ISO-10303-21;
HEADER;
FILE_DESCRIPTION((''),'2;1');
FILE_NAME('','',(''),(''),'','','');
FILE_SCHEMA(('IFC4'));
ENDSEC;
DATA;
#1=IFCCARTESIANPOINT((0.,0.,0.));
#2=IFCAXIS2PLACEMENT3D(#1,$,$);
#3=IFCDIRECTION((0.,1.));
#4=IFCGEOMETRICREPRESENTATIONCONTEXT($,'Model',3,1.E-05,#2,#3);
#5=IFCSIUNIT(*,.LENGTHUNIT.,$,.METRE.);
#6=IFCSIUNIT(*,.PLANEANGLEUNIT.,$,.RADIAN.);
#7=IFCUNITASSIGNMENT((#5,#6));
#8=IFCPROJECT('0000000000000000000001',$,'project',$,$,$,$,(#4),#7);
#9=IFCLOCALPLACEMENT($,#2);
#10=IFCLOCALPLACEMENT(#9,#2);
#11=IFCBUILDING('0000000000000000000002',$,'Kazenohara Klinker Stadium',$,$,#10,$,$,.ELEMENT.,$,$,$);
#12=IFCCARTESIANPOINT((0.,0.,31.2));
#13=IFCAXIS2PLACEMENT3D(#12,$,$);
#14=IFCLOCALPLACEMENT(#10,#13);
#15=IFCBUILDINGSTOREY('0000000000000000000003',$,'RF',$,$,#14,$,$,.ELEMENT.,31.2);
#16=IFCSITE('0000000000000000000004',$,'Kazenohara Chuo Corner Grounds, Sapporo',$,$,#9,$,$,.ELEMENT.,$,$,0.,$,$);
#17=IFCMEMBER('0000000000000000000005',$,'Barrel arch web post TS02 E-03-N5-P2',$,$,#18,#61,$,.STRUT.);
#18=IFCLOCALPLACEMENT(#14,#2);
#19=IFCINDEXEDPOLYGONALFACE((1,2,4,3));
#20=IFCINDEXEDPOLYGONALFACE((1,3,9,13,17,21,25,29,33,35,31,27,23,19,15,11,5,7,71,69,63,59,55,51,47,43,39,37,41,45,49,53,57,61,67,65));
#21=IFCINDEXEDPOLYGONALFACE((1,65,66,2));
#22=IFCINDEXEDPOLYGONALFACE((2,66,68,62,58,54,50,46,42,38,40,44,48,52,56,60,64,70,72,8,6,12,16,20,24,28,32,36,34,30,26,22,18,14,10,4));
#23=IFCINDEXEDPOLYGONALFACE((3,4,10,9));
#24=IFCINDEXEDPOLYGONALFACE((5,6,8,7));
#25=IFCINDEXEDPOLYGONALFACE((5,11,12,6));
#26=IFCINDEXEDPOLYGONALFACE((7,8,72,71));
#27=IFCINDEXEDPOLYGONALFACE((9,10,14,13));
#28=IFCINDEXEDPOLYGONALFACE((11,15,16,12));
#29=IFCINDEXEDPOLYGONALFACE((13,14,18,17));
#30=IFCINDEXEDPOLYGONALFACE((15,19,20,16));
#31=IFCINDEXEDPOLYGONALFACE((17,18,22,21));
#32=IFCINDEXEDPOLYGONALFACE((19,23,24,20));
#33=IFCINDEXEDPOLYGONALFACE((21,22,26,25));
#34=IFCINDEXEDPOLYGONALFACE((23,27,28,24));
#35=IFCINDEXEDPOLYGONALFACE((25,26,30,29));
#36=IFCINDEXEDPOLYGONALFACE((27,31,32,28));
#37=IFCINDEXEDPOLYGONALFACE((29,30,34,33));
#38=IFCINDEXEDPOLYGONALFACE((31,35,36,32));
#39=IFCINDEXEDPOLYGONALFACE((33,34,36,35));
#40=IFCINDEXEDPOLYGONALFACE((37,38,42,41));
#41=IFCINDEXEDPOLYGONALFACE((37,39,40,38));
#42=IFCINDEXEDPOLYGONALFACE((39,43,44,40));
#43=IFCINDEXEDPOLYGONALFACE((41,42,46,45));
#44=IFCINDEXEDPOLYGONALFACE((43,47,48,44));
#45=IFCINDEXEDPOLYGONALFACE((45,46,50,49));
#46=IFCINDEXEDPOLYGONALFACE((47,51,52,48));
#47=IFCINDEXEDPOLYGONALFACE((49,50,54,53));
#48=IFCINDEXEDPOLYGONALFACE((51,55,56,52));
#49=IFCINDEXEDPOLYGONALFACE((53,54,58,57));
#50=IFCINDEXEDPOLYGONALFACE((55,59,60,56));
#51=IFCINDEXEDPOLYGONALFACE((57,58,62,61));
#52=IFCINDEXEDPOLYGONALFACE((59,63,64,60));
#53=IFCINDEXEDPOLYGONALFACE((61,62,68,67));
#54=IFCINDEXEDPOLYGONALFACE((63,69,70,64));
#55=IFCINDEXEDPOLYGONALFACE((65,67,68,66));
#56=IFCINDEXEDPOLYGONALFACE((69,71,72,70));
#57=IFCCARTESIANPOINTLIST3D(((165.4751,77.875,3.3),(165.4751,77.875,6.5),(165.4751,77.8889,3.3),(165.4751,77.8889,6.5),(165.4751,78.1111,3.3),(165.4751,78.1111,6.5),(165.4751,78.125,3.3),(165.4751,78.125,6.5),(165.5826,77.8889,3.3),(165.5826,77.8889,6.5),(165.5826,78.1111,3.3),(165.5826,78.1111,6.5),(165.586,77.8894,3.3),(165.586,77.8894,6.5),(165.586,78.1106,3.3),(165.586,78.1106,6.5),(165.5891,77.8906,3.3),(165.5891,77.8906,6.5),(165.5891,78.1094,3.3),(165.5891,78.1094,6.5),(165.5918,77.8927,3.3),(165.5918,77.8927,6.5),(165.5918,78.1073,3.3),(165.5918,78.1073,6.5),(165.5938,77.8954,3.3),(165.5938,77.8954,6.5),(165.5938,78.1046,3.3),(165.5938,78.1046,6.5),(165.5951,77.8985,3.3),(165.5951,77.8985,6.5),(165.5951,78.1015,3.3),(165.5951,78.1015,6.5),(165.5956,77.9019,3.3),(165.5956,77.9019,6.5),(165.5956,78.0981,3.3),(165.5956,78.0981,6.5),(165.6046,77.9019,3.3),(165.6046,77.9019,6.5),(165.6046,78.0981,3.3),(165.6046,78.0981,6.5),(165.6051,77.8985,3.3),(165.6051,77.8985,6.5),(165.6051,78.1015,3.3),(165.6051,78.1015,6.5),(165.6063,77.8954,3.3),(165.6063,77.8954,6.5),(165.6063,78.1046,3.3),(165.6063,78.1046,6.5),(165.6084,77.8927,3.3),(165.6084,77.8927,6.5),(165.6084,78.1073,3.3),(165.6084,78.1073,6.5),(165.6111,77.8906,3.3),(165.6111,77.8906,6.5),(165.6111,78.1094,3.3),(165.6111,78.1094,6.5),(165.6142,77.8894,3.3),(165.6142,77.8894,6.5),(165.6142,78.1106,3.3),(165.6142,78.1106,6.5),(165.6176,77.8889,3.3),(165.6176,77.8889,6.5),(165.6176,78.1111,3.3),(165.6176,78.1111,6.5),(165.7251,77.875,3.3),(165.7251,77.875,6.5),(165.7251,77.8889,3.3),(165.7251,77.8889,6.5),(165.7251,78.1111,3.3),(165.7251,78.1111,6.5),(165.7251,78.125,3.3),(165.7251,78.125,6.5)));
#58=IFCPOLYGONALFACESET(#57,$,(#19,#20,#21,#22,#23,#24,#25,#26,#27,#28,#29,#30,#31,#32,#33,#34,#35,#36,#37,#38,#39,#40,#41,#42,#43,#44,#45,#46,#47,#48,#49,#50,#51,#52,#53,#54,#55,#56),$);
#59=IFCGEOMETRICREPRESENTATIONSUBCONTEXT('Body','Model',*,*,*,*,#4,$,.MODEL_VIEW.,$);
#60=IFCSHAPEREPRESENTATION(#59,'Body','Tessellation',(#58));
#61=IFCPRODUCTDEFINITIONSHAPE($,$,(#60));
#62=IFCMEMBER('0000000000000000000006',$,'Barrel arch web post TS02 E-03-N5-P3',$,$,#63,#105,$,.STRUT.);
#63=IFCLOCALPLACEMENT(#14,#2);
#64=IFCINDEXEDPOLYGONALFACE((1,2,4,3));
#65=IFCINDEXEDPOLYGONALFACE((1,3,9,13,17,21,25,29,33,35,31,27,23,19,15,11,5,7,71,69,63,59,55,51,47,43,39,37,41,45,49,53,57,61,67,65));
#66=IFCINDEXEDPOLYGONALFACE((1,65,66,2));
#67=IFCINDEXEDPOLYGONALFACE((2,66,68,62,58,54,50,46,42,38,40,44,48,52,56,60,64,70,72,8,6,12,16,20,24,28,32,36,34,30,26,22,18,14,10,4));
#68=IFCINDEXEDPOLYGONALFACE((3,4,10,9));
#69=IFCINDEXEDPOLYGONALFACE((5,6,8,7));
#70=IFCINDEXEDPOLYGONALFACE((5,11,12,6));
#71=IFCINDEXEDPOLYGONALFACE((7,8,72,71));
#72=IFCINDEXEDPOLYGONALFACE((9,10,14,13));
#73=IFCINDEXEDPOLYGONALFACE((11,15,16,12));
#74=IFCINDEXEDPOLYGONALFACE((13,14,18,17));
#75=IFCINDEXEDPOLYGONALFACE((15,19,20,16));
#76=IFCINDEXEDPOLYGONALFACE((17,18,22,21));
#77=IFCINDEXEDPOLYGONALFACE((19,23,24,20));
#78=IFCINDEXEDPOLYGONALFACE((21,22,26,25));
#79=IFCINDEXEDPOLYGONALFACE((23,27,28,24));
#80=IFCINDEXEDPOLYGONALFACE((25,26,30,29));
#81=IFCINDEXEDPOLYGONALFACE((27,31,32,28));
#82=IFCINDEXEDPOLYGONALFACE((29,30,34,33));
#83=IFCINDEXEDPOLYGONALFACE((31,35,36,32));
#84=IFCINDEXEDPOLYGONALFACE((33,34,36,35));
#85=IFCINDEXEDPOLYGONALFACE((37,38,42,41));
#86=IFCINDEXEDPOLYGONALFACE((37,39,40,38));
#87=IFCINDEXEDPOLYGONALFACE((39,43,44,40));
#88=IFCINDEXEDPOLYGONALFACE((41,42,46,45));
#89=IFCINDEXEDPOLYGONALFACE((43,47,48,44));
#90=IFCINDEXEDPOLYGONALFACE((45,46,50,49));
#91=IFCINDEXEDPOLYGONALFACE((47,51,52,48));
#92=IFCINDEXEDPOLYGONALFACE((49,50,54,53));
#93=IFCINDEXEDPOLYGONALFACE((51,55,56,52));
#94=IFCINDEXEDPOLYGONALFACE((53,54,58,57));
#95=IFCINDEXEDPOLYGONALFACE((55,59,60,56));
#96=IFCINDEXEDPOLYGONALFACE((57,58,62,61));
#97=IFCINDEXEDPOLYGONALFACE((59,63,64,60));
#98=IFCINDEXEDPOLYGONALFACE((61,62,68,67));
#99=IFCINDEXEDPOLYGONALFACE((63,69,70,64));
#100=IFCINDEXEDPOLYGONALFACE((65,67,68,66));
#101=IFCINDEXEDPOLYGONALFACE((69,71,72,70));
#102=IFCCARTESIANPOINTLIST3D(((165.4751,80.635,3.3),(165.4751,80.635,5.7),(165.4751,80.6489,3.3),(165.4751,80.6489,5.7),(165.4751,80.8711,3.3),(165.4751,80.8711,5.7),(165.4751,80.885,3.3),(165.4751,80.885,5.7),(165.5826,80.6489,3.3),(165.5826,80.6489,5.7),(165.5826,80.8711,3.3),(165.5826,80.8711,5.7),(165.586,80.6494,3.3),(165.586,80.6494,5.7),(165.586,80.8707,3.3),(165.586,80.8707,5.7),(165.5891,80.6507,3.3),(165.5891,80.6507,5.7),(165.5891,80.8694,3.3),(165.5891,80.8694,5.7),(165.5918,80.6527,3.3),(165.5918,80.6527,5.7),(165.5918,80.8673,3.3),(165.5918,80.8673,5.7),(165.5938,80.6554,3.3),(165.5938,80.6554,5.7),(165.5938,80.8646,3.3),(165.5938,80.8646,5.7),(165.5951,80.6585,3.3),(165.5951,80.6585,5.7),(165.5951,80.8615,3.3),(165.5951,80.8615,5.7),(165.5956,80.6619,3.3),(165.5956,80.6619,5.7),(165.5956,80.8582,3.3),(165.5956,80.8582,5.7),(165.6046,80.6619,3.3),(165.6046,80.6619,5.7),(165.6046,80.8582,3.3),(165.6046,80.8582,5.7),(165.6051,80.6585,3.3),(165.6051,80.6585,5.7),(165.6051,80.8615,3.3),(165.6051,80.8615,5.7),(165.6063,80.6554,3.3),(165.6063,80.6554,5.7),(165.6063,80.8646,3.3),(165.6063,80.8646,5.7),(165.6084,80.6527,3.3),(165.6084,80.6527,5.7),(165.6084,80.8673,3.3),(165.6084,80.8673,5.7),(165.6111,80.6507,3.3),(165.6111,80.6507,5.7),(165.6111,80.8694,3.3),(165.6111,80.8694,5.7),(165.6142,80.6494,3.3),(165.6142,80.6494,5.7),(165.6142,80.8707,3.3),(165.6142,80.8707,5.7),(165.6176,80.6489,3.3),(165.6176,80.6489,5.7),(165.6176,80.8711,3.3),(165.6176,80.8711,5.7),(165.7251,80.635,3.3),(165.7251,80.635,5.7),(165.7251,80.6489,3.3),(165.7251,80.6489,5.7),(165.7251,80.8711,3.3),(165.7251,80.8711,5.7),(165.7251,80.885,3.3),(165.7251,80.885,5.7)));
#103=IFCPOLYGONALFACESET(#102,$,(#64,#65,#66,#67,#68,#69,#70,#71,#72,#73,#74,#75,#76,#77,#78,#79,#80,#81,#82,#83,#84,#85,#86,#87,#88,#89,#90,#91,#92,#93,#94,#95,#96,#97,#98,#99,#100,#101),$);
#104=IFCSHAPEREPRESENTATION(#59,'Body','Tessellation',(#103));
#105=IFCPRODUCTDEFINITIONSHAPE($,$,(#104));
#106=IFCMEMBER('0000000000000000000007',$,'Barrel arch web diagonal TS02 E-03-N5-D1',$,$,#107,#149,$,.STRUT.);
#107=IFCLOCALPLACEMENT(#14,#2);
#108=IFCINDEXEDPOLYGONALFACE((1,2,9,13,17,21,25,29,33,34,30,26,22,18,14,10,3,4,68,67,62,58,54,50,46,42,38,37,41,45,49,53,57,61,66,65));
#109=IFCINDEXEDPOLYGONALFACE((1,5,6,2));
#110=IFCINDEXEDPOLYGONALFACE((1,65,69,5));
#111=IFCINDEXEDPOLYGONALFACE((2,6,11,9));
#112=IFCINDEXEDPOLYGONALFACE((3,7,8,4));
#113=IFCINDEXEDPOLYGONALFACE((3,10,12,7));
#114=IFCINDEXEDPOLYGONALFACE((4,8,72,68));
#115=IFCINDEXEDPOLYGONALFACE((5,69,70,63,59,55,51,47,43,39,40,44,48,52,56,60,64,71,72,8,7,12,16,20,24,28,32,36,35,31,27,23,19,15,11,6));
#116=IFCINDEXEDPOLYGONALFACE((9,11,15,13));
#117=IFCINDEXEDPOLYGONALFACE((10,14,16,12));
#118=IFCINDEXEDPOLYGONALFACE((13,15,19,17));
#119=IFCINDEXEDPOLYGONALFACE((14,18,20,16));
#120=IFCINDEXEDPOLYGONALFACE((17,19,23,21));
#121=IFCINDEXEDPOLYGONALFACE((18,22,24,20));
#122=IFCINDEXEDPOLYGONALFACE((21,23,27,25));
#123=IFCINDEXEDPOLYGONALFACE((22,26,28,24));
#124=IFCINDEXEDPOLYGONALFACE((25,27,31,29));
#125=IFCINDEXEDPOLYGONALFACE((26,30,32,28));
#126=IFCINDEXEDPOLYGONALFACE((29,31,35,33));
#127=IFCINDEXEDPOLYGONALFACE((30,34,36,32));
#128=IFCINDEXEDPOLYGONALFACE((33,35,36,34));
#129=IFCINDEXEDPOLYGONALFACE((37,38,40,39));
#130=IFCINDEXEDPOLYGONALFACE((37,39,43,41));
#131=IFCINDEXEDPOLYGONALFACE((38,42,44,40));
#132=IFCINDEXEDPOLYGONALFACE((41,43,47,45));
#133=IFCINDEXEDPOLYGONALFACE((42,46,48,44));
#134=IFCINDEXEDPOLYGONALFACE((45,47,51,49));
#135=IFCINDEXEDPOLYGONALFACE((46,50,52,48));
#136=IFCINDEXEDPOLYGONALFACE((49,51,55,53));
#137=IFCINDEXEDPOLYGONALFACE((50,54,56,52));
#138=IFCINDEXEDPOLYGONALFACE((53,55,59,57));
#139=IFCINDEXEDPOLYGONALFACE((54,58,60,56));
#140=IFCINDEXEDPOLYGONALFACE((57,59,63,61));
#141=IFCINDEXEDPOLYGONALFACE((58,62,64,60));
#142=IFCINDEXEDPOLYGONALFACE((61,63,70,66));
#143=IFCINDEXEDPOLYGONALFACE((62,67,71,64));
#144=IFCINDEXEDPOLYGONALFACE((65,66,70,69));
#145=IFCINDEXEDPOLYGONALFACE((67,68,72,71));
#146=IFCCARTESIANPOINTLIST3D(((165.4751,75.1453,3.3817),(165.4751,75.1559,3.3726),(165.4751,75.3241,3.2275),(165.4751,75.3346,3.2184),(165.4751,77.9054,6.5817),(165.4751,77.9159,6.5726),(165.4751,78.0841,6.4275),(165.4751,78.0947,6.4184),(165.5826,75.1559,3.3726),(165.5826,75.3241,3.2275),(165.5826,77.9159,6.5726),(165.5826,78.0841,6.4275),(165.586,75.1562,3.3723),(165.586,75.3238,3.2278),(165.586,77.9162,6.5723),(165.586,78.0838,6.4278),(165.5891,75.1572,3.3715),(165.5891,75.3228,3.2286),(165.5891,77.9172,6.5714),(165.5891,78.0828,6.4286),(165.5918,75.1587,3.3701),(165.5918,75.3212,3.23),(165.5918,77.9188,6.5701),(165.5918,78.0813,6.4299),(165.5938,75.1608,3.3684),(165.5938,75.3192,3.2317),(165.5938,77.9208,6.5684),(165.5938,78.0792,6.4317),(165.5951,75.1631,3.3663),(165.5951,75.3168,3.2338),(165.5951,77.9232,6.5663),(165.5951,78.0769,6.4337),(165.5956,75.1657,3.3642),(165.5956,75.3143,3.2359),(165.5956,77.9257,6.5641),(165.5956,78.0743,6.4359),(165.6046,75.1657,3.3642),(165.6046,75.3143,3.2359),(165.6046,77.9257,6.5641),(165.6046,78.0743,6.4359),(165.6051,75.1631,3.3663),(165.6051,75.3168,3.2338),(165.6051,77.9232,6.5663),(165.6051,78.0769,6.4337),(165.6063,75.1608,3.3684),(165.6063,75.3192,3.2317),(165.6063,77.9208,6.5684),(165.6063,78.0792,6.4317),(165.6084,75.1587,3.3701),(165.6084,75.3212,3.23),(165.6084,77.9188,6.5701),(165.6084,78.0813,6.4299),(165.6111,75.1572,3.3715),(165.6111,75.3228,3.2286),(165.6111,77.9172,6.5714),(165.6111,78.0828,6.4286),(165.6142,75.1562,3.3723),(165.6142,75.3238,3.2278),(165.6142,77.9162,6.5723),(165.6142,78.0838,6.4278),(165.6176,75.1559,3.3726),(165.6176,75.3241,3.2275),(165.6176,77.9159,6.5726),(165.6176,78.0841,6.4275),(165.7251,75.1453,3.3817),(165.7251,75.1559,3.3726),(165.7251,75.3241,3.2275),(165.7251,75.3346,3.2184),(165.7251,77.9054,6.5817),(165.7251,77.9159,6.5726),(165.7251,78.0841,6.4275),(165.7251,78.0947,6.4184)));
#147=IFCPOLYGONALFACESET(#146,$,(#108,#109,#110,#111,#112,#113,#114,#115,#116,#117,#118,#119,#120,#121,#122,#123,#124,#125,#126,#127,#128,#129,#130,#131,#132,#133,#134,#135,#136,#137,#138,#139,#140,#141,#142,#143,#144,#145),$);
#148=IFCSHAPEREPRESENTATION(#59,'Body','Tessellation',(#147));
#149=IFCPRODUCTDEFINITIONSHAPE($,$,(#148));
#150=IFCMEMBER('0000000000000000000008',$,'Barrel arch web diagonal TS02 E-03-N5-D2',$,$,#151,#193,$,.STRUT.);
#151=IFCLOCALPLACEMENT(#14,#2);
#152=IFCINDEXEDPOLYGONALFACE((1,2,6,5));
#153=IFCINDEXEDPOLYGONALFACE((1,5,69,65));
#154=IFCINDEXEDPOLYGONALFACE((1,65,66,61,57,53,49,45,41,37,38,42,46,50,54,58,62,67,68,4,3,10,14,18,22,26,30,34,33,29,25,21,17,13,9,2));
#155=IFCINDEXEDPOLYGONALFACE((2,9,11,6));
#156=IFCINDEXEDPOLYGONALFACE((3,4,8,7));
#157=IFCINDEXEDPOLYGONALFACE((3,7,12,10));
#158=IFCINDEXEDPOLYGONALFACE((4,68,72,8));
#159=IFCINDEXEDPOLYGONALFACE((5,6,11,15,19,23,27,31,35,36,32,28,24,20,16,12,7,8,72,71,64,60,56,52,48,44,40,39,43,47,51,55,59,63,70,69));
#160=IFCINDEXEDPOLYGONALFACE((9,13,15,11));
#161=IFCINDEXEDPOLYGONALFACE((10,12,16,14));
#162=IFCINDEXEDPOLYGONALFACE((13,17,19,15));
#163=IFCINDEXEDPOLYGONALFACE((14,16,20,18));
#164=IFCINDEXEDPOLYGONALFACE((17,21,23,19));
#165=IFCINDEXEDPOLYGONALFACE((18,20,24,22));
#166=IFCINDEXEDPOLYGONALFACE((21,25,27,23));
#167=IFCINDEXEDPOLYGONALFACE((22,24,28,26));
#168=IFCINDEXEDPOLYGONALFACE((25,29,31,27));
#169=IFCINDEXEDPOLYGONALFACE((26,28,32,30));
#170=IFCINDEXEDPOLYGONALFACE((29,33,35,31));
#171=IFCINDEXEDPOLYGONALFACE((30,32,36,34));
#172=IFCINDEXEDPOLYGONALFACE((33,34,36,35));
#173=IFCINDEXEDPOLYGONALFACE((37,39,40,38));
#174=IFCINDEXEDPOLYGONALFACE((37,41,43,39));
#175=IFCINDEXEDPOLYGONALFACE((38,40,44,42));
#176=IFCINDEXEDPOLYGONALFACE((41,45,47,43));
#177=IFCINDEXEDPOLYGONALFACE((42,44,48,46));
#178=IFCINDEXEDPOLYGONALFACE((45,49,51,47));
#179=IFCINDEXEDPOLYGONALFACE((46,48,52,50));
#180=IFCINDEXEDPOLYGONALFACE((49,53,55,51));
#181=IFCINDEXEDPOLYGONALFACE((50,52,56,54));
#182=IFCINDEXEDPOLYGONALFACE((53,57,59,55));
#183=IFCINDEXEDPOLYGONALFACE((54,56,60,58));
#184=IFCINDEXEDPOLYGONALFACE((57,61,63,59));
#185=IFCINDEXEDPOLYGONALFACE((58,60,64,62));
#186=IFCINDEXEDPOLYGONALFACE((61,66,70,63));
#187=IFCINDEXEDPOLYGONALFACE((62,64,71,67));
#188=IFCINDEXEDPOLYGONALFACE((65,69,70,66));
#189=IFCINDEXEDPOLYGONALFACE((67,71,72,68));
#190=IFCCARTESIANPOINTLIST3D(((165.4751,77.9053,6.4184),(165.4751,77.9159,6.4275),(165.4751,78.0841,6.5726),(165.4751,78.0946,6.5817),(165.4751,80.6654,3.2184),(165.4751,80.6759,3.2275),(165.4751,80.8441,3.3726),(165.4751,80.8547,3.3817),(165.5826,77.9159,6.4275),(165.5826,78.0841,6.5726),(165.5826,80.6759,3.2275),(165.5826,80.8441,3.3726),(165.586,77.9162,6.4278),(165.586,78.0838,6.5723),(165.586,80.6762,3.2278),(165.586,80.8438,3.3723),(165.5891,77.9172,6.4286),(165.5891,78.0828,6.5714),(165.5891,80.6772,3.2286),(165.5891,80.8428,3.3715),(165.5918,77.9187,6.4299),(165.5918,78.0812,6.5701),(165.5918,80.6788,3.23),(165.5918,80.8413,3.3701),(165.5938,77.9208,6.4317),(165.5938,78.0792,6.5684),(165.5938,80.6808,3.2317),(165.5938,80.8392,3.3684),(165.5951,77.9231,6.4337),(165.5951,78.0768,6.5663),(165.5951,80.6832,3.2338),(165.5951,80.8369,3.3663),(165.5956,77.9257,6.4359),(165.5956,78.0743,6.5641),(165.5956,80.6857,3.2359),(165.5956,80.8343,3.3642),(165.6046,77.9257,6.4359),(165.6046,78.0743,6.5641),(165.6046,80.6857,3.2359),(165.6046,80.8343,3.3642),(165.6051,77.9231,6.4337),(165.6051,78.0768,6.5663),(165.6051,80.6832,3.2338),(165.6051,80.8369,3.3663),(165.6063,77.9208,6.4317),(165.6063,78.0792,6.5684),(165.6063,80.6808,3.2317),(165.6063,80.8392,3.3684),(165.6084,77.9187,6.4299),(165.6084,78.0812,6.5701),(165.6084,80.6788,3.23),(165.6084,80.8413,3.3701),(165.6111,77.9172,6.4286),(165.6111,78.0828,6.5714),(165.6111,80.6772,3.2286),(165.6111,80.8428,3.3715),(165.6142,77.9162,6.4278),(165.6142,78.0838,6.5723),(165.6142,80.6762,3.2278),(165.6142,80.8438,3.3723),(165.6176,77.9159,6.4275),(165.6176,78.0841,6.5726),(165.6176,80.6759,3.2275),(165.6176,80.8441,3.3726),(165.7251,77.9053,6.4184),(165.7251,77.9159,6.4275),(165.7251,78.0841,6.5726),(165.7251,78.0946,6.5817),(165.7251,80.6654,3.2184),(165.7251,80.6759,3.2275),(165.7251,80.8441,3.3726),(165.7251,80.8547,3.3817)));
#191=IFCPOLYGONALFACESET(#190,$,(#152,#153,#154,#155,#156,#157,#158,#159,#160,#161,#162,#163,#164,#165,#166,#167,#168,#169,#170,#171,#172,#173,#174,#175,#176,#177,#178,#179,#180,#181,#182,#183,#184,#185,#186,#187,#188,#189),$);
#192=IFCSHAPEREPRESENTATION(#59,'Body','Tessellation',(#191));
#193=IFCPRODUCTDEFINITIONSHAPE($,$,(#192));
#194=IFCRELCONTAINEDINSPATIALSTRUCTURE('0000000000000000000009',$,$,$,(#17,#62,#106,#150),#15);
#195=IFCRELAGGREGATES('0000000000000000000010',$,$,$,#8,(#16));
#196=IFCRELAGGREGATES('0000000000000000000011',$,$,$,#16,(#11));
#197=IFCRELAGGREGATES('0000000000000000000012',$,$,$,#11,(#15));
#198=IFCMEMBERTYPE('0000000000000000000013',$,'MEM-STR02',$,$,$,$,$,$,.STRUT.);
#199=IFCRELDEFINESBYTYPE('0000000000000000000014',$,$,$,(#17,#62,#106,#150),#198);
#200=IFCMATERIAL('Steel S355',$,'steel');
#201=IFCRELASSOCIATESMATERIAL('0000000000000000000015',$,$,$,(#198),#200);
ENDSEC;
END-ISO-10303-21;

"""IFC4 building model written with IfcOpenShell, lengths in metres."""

from ifc_helpers import new_model, si_unit, direction, frame, origin, origin_2d, place, context, subcontext, project, spatial, i_section, extrude, material, material_profile, profile_set, type_object, element, save


model = new_model("IFC4")

# Units and contexts
model_context = context("Model", 3, precision=1e-05, world=origin(), true_north=direction((0.0, 1.0)))
body_context = subcontext(model_context, "Body", "Model", "MODEL_VIEW")
ifc_project = project(units=[si_unit("LENGTHUNIT", "METRE"), si_unit("PLANEANGLEUNIT", "RADIAN")], contexts=[model_context])

# Site, building, storey
site_placement = place(None, origin())
site = spatial("IfcSite", under=ifc_project, at=site_placement, Name="Kazenohara Chuo Corner Grounds, Sapporo", CompositionType="ELEMENT", RefElevation=0.0)
building_placement = place(site_placement, origin())
building = spatial("IfcBuilding", under=site, at=building_placement, Name="Kazenohara Klinker Stadium", CompositionType="ELEMENT")
storey_placement = place(building_placement, frame((0.0, 0.0, 31.2)))
storey = spatial("IfcBuildingStorey", under=building, at=storey_placement, Name="RF", CompositionType="ELEMENT", Elevation=31.2)

# Members
ifc_material_1 = material(Name="Steel S355", Category="steel")
ifc_material_profile_1 = material_profile(ifc_material_1, i_section(OverallWidth=0.25, OverallDepth=0.25, WebThickness=0.009, FlangeThickness=0.0139, FilletRadius=0.0129, at=origin_2d()), Name="H-250x250x9x14")
ifc_profile_set_1 = profile_set([ifc_material_profile_1], Name="Steel S355")
member_type_1 = type_object("IfcMemberType", Name="MEM-STR02", PredefinedType="STRUT", material=ifc_profile_set_1)
member_1_placement = place(storey_placement, frame((165.6001, 78.0, 3.3), z_axis=(0.0, 0.0, 1.0), x_axis=(1.0, 0.0, 0.0)))
element("IfcMember", 1, at=member_1_placement, inside=storey, type_object=member_type_1, Name="Barrel arch web post TS02 E-03-N5-P2", PredefinedType="STRUT", context=body_context, shape_type="SweptSolid", body=[
    extrude(i_section(OverallWidth=0.25, OverallDepth=0.25, WebThickness=0.009, FlangeThickness=0.0139, FilletRadius=0.0129, at=origin_2d()), origin(), (0.0, 0.0, 1.0), 3.2),
])
member_2_placement = place(storey_placement, frame((165.6001, 80.76, 3.3), z_axis=(0.0, 0.0, 1.0), x_axis=(1.0, 0.0, 0.0)))
element("IfcMember", 2, at=member_2_placement, inside=storey, type_object=member_type_1, Name="Barrel arch web post TS02 E-03-N5-P3", PredefinedType="STRUT", context=body_context, shape_type="SweptSolid", body=[
    extrude(i_section(OverallWidth=0.25, OverallDepth=0.25, WebThickness=0.009, FlangeThickness=0.0139, FilletRadius=0.0129, at=origin_2d()), origin(), (0.0, 0.0, 1.0), 2.3999),
])
for number, where, z_axis, x_axis, name in (
    (3, (165.6001, 75.24, 3.3), (0.0, 0.653134, 0.757242), (-1.0, 0.0, 0.0), "Barrel arch web diagonal TS02 E-03-N5-D1"),
    (4, (165.6001, 80.76, 3.3), (0.0, -0.653134, 0.757242), (1.0, 0.0, 0.0), "Barrel arch web diagonal TS02 E-03-N5-D2"),
):
    element("IfcMember", number, at=place(storey_placement, frame(where, z_axis=z_axis, x_axis=x_axis)), inside=storey, type_object=member_type_1, Name=name, PredefinedType="STRUT", context=body_context, shape_type="SweptSolid", body=[
        extrude(i_section(OverallWidth=0.25, OverallDepth=0.25, WebThickness=0.009, FlangeThickness=0.0139, FilletRadius=0.0129, at=origin_2d()), origin(), (0.0, 0.0, 1.0), 4.2258),
    ])

save(model, "model.ifc")
